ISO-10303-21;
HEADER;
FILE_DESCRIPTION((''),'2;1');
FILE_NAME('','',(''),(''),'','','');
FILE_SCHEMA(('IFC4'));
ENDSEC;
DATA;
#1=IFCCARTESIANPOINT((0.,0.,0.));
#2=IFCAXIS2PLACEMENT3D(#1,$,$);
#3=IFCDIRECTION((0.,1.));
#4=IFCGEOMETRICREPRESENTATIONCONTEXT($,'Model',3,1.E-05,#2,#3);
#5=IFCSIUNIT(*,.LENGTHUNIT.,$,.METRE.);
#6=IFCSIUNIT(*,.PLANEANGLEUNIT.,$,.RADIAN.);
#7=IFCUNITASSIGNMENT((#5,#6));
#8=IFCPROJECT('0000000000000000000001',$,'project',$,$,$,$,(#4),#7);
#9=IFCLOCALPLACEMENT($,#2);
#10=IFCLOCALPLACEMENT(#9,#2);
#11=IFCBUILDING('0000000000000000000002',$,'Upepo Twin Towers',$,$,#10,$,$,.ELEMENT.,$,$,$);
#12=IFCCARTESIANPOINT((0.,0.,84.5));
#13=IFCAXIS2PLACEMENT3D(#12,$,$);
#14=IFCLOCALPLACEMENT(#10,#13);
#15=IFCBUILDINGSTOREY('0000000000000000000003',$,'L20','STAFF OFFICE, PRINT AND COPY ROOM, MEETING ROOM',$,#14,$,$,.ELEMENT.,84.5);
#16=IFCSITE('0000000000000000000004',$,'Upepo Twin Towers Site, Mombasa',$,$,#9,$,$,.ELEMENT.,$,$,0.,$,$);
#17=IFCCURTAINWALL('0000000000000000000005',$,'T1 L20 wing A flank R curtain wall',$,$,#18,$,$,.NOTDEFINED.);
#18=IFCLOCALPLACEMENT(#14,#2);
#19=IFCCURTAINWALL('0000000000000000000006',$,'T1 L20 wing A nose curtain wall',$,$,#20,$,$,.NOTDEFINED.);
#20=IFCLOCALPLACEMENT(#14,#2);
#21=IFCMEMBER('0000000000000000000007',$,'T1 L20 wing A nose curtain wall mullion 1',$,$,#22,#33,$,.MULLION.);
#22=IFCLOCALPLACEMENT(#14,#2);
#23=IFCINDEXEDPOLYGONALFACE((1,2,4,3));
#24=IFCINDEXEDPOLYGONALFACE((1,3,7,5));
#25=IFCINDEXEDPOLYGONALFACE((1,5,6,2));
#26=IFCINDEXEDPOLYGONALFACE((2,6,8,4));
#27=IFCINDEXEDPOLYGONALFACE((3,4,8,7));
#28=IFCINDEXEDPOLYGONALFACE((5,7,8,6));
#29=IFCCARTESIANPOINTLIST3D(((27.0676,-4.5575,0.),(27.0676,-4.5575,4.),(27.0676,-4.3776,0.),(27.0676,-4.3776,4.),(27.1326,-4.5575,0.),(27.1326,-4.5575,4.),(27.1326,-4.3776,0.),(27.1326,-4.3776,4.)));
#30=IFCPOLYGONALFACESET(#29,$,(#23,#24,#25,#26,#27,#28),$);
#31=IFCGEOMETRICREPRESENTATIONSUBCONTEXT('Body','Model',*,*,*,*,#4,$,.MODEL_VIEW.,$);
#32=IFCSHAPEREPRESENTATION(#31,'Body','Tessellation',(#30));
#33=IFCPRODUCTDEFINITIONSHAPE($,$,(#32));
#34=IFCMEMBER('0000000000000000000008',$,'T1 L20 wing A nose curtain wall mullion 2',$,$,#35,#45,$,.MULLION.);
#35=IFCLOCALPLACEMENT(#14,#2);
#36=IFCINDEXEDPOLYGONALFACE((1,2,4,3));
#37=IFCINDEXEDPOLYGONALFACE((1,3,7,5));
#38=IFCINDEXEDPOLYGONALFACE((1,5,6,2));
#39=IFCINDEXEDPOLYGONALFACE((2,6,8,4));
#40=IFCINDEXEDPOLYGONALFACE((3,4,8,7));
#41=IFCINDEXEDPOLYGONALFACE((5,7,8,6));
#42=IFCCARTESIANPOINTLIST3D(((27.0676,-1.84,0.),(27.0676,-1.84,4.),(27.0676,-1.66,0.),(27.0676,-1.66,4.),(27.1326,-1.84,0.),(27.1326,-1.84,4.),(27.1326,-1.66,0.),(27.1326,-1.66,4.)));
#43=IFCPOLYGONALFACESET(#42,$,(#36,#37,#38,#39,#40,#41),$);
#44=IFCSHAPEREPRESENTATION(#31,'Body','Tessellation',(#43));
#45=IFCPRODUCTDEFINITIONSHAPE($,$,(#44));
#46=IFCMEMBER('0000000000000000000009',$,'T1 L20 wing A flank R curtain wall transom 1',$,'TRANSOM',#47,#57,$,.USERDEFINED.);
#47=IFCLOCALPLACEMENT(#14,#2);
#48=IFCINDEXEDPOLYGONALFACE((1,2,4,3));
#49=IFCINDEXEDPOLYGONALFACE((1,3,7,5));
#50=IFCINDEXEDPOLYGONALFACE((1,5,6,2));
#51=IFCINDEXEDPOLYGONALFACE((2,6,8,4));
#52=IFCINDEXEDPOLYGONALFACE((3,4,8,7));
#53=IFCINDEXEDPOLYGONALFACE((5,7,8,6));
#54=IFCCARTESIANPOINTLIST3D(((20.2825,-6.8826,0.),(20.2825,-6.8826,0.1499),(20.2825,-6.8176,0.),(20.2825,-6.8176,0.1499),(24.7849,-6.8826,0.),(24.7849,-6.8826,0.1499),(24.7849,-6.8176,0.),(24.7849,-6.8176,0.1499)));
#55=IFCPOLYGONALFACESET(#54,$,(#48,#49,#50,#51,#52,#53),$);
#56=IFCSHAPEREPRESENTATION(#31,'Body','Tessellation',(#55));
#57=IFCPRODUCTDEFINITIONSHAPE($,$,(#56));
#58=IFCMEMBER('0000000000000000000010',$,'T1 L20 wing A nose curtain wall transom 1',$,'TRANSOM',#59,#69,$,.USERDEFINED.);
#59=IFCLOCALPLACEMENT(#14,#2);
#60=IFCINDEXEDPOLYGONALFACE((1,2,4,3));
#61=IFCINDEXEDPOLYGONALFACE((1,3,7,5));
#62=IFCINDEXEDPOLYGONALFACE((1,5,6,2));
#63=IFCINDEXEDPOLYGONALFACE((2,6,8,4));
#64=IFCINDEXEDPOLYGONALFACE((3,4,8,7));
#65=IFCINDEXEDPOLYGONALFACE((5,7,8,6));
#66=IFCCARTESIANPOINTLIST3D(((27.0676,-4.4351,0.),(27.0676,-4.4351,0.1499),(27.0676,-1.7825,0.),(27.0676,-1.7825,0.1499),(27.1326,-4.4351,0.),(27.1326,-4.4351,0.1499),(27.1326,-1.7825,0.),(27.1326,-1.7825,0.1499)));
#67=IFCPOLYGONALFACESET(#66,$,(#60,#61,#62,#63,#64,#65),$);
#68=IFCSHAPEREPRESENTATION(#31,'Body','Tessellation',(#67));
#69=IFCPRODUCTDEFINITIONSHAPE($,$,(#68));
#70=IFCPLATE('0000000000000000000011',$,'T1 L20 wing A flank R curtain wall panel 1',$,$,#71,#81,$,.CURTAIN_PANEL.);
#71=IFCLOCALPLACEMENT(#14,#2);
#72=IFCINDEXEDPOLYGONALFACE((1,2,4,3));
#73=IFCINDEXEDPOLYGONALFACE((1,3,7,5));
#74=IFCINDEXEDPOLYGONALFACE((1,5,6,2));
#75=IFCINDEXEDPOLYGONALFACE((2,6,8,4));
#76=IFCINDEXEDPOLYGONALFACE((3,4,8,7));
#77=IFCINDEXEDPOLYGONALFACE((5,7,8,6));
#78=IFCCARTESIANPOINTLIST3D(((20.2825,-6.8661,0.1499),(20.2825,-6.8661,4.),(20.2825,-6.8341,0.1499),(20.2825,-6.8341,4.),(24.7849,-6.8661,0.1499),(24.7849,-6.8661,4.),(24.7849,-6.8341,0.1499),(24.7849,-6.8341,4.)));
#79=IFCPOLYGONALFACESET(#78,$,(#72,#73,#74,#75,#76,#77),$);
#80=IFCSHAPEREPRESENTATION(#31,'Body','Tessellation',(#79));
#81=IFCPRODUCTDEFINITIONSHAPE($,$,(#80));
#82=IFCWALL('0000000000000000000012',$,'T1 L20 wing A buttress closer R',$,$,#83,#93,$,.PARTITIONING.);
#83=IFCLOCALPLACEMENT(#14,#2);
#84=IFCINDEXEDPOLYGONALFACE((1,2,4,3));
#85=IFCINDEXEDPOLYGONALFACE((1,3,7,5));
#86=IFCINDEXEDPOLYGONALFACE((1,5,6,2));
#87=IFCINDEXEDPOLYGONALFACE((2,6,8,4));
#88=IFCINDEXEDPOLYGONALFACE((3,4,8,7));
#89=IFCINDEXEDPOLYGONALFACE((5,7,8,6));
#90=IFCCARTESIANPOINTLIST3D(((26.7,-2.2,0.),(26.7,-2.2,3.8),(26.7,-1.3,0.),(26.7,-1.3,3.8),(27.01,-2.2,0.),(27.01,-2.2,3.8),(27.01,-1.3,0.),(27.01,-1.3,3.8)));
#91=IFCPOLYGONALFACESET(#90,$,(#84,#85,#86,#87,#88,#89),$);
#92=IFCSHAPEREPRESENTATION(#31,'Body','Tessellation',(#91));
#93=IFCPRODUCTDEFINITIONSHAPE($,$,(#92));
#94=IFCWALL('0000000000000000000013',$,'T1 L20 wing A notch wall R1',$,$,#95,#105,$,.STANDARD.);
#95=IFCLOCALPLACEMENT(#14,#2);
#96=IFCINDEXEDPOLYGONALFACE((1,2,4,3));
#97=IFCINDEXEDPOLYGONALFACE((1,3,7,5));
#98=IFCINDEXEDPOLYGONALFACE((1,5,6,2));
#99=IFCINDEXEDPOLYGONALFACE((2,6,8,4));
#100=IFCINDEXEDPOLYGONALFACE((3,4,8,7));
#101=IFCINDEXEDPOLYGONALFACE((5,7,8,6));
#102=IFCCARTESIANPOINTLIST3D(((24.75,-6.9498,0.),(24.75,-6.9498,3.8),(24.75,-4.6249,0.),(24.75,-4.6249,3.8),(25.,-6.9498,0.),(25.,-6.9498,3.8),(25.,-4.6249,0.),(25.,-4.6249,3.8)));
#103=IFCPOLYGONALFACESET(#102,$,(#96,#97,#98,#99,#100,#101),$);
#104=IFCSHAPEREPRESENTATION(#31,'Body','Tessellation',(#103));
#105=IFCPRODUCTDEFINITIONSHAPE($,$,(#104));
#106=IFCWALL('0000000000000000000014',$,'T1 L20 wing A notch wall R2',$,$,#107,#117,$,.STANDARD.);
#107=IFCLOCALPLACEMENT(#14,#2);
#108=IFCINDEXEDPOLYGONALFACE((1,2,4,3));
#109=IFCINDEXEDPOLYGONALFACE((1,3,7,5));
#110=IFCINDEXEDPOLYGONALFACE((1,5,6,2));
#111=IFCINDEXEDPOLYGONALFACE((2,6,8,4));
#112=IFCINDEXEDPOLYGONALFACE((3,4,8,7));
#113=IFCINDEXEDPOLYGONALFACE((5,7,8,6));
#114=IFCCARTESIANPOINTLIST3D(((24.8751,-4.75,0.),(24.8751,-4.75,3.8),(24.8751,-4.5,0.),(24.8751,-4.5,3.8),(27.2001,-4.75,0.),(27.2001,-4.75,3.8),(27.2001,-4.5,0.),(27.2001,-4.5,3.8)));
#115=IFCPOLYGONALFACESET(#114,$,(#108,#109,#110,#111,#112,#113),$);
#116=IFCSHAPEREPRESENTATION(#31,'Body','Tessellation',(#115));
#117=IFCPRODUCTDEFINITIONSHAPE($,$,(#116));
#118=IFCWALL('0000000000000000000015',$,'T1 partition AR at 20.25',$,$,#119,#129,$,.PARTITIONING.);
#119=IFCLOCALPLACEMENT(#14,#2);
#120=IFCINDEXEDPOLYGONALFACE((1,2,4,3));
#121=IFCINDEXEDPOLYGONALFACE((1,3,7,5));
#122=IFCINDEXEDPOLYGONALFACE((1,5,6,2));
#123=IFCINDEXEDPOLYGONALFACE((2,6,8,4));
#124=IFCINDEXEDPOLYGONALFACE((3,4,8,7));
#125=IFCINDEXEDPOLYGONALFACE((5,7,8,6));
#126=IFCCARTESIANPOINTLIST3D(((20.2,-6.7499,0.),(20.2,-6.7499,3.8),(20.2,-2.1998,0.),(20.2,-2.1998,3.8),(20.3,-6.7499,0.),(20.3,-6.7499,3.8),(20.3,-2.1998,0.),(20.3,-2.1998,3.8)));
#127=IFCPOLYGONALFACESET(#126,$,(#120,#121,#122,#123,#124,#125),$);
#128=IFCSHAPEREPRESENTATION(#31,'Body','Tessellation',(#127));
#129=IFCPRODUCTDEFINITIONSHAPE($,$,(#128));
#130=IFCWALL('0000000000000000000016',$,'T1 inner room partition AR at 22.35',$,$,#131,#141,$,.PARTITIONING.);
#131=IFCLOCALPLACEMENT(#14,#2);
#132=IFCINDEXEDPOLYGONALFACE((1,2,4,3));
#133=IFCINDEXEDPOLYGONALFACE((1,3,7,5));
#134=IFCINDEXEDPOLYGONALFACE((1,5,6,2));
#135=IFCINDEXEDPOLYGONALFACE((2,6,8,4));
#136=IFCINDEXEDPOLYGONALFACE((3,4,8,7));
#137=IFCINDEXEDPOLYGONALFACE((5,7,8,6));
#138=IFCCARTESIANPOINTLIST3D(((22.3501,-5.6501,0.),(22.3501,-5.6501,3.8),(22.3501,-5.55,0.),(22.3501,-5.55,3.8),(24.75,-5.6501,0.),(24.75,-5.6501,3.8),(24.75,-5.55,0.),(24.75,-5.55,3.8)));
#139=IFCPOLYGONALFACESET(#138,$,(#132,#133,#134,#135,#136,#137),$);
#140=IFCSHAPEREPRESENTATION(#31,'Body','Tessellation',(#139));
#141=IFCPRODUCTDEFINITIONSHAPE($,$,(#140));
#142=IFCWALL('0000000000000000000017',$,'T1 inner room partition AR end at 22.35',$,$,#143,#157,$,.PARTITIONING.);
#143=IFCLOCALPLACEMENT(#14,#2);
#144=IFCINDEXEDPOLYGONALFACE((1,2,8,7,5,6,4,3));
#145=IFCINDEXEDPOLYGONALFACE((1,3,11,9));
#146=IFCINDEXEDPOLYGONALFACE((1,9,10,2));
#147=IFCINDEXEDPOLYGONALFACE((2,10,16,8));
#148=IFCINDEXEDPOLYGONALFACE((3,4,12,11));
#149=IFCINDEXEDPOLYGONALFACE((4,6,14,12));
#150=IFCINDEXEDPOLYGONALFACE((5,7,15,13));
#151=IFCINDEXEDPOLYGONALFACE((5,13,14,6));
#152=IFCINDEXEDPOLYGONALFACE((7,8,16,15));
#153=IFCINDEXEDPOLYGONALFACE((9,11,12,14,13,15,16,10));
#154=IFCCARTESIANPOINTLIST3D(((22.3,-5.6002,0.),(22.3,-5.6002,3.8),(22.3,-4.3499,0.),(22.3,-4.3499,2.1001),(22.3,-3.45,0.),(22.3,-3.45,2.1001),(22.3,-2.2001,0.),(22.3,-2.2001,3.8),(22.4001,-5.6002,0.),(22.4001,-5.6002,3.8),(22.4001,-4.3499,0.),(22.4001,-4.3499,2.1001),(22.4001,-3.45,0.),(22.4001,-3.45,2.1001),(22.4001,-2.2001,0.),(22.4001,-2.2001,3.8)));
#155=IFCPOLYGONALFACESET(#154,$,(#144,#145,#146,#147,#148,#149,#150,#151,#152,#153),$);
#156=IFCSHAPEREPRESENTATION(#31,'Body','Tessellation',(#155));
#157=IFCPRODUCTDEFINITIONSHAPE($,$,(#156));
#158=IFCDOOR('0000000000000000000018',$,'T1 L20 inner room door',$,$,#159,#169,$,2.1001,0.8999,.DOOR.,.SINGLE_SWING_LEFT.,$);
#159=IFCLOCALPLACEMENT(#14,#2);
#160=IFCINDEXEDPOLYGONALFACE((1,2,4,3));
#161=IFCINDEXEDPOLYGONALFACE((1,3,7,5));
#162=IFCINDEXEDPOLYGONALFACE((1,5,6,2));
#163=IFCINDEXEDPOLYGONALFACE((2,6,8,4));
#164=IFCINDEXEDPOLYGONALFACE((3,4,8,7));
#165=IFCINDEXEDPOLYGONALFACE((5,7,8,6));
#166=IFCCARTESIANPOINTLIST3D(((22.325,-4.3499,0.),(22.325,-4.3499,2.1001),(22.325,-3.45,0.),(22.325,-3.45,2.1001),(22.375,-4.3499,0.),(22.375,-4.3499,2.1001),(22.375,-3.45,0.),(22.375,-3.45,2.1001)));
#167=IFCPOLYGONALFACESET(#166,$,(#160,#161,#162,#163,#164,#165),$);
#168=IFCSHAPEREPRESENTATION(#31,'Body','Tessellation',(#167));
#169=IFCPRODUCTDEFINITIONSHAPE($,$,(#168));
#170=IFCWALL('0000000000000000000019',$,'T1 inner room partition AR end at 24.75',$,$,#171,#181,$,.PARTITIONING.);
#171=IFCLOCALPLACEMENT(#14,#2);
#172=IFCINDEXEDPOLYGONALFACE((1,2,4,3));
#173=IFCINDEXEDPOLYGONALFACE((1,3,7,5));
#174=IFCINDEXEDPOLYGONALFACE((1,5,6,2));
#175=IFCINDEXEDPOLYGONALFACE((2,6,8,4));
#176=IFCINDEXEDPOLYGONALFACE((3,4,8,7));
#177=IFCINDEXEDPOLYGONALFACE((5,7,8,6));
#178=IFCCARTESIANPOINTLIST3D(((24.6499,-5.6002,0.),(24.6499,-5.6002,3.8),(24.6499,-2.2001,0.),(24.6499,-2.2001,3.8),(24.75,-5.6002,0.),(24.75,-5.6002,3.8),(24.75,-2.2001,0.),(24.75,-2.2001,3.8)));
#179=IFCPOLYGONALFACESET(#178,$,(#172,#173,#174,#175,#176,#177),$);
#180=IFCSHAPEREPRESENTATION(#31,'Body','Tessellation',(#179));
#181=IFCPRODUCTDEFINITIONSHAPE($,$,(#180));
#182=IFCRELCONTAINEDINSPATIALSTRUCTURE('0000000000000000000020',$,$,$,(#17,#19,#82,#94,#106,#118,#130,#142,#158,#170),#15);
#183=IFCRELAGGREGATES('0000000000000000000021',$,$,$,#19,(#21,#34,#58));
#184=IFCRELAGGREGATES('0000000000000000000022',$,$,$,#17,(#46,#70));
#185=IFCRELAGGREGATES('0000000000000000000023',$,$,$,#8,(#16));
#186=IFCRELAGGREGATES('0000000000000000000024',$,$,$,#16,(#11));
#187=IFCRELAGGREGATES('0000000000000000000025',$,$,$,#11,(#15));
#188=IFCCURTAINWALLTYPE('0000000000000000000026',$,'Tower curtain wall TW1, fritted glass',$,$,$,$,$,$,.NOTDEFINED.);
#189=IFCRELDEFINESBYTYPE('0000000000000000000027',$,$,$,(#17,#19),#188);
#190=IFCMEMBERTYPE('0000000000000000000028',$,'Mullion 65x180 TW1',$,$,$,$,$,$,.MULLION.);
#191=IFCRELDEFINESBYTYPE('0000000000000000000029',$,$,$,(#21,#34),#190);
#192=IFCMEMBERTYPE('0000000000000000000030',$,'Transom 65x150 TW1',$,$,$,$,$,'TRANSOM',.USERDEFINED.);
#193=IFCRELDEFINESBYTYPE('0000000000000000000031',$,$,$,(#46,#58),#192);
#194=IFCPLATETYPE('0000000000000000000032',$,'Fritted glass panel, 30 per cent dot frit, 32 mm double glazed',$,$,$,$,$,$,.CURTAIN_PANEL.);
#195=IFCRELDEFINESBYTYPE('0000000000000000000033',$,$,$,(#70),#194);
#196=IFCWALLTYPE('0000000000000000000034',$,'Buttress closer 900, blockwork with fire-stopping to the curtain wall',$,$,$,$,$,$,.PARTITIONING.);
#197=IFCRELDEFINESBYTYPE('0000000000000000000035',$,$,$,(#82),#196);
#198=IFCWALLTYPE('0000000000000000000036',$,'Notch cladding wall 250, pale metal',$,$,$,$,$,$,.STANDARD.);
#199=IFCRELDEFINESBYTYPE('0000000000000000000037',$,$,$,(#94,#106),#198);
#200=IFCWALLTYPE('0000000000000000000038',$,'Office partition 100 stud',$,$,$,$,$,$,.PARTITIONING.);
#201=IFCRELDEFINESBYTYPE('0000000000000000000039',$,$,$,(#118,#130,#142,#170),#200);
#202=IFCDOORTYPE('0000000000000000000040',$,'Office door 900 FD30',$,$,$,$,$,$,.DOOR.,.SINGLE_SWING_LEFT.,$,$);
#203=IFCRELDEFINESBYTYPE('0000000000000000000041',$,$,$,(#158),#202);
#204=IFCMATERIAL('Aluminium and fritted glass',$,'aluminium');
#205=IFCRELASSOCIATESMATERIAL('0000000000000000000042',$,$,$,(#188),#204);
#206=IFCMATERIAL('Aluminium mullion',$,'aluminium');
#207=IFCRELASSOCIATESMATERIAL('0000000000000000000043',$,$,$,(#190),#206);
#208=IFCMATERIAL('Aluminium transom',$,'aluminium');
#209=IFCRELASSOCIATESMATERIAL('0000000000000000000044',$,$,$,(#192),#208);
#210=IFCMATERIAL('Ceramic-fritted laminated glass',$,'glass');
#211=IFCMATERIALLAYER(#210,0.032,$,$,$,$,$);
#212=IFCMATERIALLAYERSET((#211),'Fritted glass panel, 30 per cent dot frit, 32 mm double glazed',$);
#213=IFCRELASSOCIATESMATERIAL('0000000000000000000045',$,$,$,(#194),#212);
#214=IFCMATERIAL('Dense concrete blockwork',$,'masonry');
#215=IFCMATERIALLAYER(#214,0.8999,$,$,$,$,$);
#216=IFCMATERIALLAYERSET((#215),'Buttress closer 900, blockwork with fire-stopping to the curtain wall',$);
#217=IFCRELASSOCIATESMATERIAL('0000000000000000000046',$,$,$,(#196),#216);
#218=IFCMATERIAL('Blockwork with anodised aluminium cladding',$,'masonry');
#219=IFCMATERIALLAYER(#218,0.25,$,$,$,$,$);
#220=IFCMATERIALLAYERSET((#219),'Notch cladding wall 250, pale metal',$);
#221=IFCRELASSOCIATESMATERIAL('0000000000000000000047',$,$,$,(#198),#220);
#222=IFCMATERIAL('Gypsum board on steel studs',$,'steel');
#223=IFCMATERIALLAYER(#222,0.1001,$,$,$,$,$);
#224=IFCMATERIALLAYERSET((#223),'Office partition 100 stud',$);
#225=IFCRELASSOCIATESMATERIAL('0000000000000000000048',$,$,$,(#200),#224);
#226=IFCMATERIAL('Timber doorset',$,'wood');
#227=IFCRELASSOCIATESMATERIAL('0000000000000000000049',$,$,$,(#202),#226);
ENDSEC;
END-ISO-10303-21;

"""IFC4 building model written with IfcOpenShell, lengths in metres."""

from ifc_helpers import new_model, si_unit, direction, frame, frame_2d, origin, origin_2d, place, context, subcontext, project, spatial, rectangle, extrude, material, layer, layer_set, material_profile, profile_set, type_object, element, fill, aggregate, save


model = new_model("IFC4")

# Units and contexts
model_context = context("Model", 3, precision=1e-05, world=origin(), true_north=direction((0.0, 1.0)))
body_context = subcontext(model_context, "Body", "Model", "MODEL_VIEW")
ifc_project = project(units=[si_unit("LENGTHUNIT", "METRE"), si_unit("PLANEANGLEUNIT", "RADIAN")], contexts=[model_context])

# Site, building, storey
site_placement = place(None, origin())
site = spatial("IfcSite", under=ifc_project, at=site_placement, Name="Upepo Twin Towers Site, Mombasa", CompositionType="ELEMENT", RefElevation=0.0)
building_placement = place(site_placement, origin())
building = spatial("IfcBuilding", under=site, at=building_placement, Name="Upepo Twin Towers", CompositionType="ELEMENT")
storey_placement = place(building_placement, frame((0.0, 0.0, 84.5)))
storey = spatial("IfcBuildingStorey", under=building, at=storey_placement, Name="L20", Description="STAFF OFFICE, PRINT AND COPY ROOM, MEETING ROOM", CompositionType="ELEMENT", Elevation=84.5)

# Curtain wall
ifc_material_1 = material(Name="Aluminium and fritted glass", Category="aluminium")
curtain_wall_type = type_object("IfcCurtainWallType", Name="Tower curtain wall TW1, fritted glass", PredefinedType="NOTDEFINED", material=ifc_material_1)
curtain_wall_1_placement = place(storey_placement, origin())
curtain_wall_1 = element("IfcCurtainWall", 1, at=curtain_wall_1_placement, inside=storey, type_object=curtain_wall_type, Name="T1 L20 wing A flank R curtain wall", PredefinedType="NOTDEFINED")
ifc_material_2 = material(Name="Aluminium mullion", Category="aluminium")
ifc_material_profile_1 = material_profile(ifc_material_2, rectangle(XDim=0.0649, YDim=0.1799, at=origin_2d()), Name="MULLION 65x180")
ifc_profile_set_1 = profile_set([ifc_material_profile_1], Name="Aluminium mullion")
member_type_1 = type_object("IfcMemberType", Name="Mullion 65x180 TW1", PredefinedType="MULLION", material=ifc_profile_set_1)

# Curtain wall, members
curtain_wall_2_placement = place(storey_placement, origin())
curtain_wall_2 = element("IfcCurtainWall", 2, at=curtain_wall_2_placement, inside=storey, type_object=curtain_wall_type, Name="T1 L20 wing A nose curtain wall", PredefinedType="NOTDEFINED")
member_1_placement = place(storey_placement, frame((27.1001, -4.4675, 0.0), z_axis=(0.0, 0.0, 1.0), x_axis=(-1.0, 0.0, 0.0)))
member_1 = element("IfcMember", 3, at=member_1_placement, type_object=member_type_1, Name="T1 L20 wing A nose curtain wall mullion 1", PredefinedType="MULLION", context=body_context, shape_type="SweptSolid", body=[
    extrude(rectangle(XDim=0.0649, YDim=0.1799, at=origin_2d()), origin(), (0.0, 0.0, 1.0), 4.0),
])
member_2_placement = place(storey_placement, frame((27.1001, -1.75, 0.0), z_axis=(0.0, 0.0, 1.0), x_axis=(-1.0, 0.0, 0.0)))
member_2 = element("IfcMember", 4, at=member_2_placement, type_object=member_type_1, Name="T1 L20 wing A nose curtain wall mullion 2", PredefinedType="MULLION", context=body_context, shape_type="SweptSolid", body=[
    extrude(rectangle(XDim=0.0649, YDim=0.1799, at=origin_2d()), origin(), (0.0, 0.0, 1.0), 4.0),
])

# Members
ifc_material_3 = material(Name="Aluminium transom", Category="aluminium")
ifc_material_profile_2 = material_profile(ifc_material_3, rectangle(XDim=0.0649, YDim=0.1499, at=origin_2d()), Name="TRANSOM 65x150")
ifc_profile_set_2 = profile_set([ifc_material_profile_2], Name="Aluminium transom")
member_type_2 = type_object("IfcMemberType", Name="Transom 65x150 TW1", ElementType="TRANSOM", PredefinedType="USERDEFINED", material=ifc_profile_set_2)
member_3_placement = place(storey_placement, frame((24.7849, -6.8501, 0.075), z_axis=(-1.0, 0.0, 0.0), x_axis=(0.0, -1.0, 0.0)))
member_3 = element("IfcMember", 5, at=member_3_placement, type_object=member_type_2, Name="T1 L20 wing A flank R curtain wall transom 1", ObjectType="TRANSOM", PredefinedType="USERDEFINED", context=body_context, shape_type="SweptSolid", body=[
    extrude(rectangle(XDim=0.0649, YDim=0.1499, at=origin_2d()), origin(), (0.0, 0.0, 1.0), 4.5024),
])
member_4_placement = place(storey_placement, frame((27.1001, -4.4351, 0.075), z_axis=(0.0, 1.0, 0.0), x_axis=(-1.0, 0.0, 0.0)))
member_4 = element("IfcMember", 6, at=member_4_placement, type_object=member_type_2, Name="T1 L20 wing A nose curtain wall transom 1", ObjectType="TRANSOM", PredefinedType="USERDEFINED", context=body_context, shape_type="SweptSolid", body=[
    extrude(rectangle(XDim=0.0649, YDim=0.1499, at=origin_2d()), origin(), (0.0, 0.0, 1.0), 2.6526),
])
aggregate(curtain_wall_2, [member_1, member_2, member_4])

# Plate
ifc_material_4 = material(Name="Ceramic-fritted laminated glass", Category="glass")
ifc_layer_1 = layer(ifc_material_4, 0.032)
ifc_layer_set_1 = layer_set([ifc_layer_1], Name="Fritted glass panel, 30 per cent dot frit, 32 mm double glazed")
plate_type = type_object("IfcPlateType", Name="Fritted glass panel, 30 per cent dot frit, 32 mm double glazed", PredefinedType="CURTAIN_PANEL", material=ifc_layer_set_1)
plate_placement = place(storey_placement, frame((22.5337, -6.8501, 0.1499), z_axis=(0.0, 0.0, 1.0), x_axis=(-1.0, 0.0, 0.0)))
plate = element("IfcPlate", 7, at=plate_placement, type_object=plate_type, Name="T1 L20 wing A flank R curtain wall panel 1", PredefinedType="CURTAIN_PANEL", context=body_context, shape_type="SweptSolid", body=[
    extrude(rectangle(XDim=4.5024, YDim=0.032, at=origin_2d()), origin(), (0.0, 0.0, 1.0), 3.8501),
])
aggregate(curtain_wall_1, [member_3, plate])

# Walls
ifc_material_5 = material(Name="Dense concrete blockwork", Category="masonry")
ifc_layer_2 = layer(ifc_material_5, 0.8999)
ifc_layer_set_2 = layer_set([ifc_layer_2], Name="Buttress closer 900, blockwork with fire-stopping to the curtain wall")
wall_type_1 = type_object("IfcWallType", Name="Buttress closer 900, blockwork with fire-stopping to the curtain wall", PredefinedType="PARTITIONING", material=ifc_layer_set_2)
wall_1_placement = place(storey_placement, frame((26.7, -1.75, 0.0), z_axis=(0.0, 0.0, 1.0), x_axis=(1.0, 0.0, 0.0)))
element("IfcWall", 8, at=wall_1_placement, inside=storey, type_object=wall_type_1, Name="T1 L20 wing A buttress closer R", PredefinedType="PARTITIONING", context=body_context, shape_type="SweptSolid", body=[
    extrude(rectangle(XDim=0.3101, YDim=0.8999, at=frame_2d((0.155, 0.0))), origin(), (0.0, 0.0, 1.0), 3.8),
])
ifc_material_6 = material(Name="Blockwork with anodised aluminium cladding", Category="masonry")
ifc_layer_3 = layer(ifc_material_6, 0.25)
ifc_layer_set_3 = layer_set([ifc_layer_3], Name="Notch cladding wall 250, pale metal")
wall_type_2 = type_object("IfcWallType", Name="Notch cladding wall 250, pale metal", PredefinedType="STANDARD", material=ifc_layer_set_3)
for number, where, z_axis, x_axis, name in (
    (9, (24.875, -6.95, 0.0), (0.0, 0.0, 1.0), (0.0, 1.0, 0.0), "T1 L20 wing A notch wall R1"),
    (10, (24.875, -4.625, 0.0), (0.0, 0.0, 1.0), (1.0, 0.0, 0.0), "T1 L20 wing A notch wall R2"),
):
    element("IfcWall", number, at=place(storey_placement, frame(where, z_axis=z_axis, x_axis=x_axis)), inside=storey, type_object=wall_type_2, Name=name, PredefinedType="STANDARD", context=body_context, shape_type="SweptSolid", body=[
        extrude(rectangle(XDim=2.325, YDim=0.25, at=frame_2d((1.1626, 0.0))), origin(), (0.0, 0.0, 1.0), 3.8),
    ])
ifc_material_7 = material(Name="Gypsum board on steel studs", Category="steel")
ifc_layer_4 = layer(ifc_material_7, 0.1001)
ifc_layer_set_4 = layer_set([ifc_layer_4], Name="Office partition 100 stud")
wall_type_3 = type_object("IfcWallType", Name="Office partition 100 stud", PredefinedType="PARTITIONING", material=ifc_layer_set_4)
wall_2_placement = place(storey_placement, frame((20.25, -2.2, 0.0), z_axis=(0.0, 0.0, 1.0), x_axis=(0.0, -1.0, 0.0)))
element("IfcWall", 11, at=wall_2_placement, inside=storey, type_object=wall_type_3, Name="T1 partition AR at 20.25", PredefinedType="PARTITIONING", context=body_context, shape_type="SweptSolid", body=[
    extrude(rectangle(XDim=4.55, YDim=0.1001, at=frame_2d((2.2749, 0.0))), origin(), (0.0, 0.0, 1.0), 3.8),
])
wall_3_placement = place(storey_placement, frame((22.3501, -5.6001, 0.0), z_axis=(0.0, 0.0, 1.0), x_axis=(1.0, 0.0, 0.0)))
element("IfcWall", 12, at=wall_3_placement, inside=storey, type_object=wall_type_3, Name="T1 inner room partition AR at 22.35", PredefinedType="PARTITIONING", context=body_context, shape_type="SweptSolid", body=[
    extrude(rectangle(XDim=2.3999, YDim=0.1001, at=frame_2d((1.2, 0.0))), origin(), (0.0, 0.0, 1.0), 3.8),
])

# Wall, opening, door
wall_4_placement = place(storey_placement, frame((22.3501, -2.2, 0.0), z_axis=(0.0, 0.0, 1.0), x_axis=(0.0, -1.0, 0.0)))
wall_4 = element("IfcWall", 13, at=wall_4_placement, inside=storey, type_object=wall_type_3, Name="T1 inner room partition AR end at 22.35", PredefinedType="PARTITIONING", context=body_context, shape_type="SweptSolid", body=[
    extrude(rectangle(XDim=3.4001, YDim=0.1001, at=frame_2d((1.7002, 0.0))), origin(), (0.0, 0.0, 1.0), 3.8),
])
opening_placement = place(wall_4_placement, frame((1.25, 0.0, 0.0)))
opening = element("IfcOpeningElement", 14, at=opening_placement, cuts=wall_4, PredefinedType="OPENING", context=body_context, shape_type="SweptSolid", body=[
    extrude(rectangle(XDim=0.8999, YDim=2.1001, at=frame_2d((0.45, 1.05))), frame((0.0, 0.0601, 0.0), z_axis=(0.0, -1.0, 0.0), x_axis=(1.0, 0.0, 0.0)), (0.0, 0.0, 1.0), 0.1201),
])
ifc_material_8 = material(Name="Timber doorset", Category="wood")
door_type = type_object("IfcDoorType", Name="Office door 900 FD30", OperationType="SINGLE_SWING_LEFT", PredefinedType="DOOR", material=ifc_material_8)
door_placement = place(opening_placement, origin())
door = element("IfcDoor", 15, at=door_placement, inside=storey, type_object=door_type, Name="T1 L20 inner room door", OperationType="SINGLE_SWING_LEFT", OverallHeight=2.1001, OverallWidth=0.8999, PredefinedType="DOOR", context=body_context, shape_type="SweptSolid", body=[
    extrude(rectangle(XDim=0.8999, YDim=2.1001, at=frame_2d((0.45, 1.05))), frame((0.0, 0.0249, 0.0), z_axis=(0.0, -1.0, 0.0), x_axis=(1.0, 0.0, 0.0)), (0.0, 0.0, 1.0), 0.05),
])
fill(opening, door)

# Wall
wall_5_placement = place(storey_placement, frame((24.7, -2.2, 0.0), z_axis=(0.0, 0.0, 1.0), x_axis=(0.0, -1.0, 0.0)))
element("IfcWall", 16, at=wall_5_placement, inside=storey, type_object=wall_type_3, Name="T1 inner room partition AR end at 24.75", PredefinedType="PARTITIONING", context=body_context, shape_type="SweptSolid", body=[
    extrude(rectangle(XDim=3.4001, YDim=0.1001, at=frame_2d((1.7002, 0.0))), origin(), (0.0, 0.0, 1.0), 3.8),
])

save(model, "model.ifc")
